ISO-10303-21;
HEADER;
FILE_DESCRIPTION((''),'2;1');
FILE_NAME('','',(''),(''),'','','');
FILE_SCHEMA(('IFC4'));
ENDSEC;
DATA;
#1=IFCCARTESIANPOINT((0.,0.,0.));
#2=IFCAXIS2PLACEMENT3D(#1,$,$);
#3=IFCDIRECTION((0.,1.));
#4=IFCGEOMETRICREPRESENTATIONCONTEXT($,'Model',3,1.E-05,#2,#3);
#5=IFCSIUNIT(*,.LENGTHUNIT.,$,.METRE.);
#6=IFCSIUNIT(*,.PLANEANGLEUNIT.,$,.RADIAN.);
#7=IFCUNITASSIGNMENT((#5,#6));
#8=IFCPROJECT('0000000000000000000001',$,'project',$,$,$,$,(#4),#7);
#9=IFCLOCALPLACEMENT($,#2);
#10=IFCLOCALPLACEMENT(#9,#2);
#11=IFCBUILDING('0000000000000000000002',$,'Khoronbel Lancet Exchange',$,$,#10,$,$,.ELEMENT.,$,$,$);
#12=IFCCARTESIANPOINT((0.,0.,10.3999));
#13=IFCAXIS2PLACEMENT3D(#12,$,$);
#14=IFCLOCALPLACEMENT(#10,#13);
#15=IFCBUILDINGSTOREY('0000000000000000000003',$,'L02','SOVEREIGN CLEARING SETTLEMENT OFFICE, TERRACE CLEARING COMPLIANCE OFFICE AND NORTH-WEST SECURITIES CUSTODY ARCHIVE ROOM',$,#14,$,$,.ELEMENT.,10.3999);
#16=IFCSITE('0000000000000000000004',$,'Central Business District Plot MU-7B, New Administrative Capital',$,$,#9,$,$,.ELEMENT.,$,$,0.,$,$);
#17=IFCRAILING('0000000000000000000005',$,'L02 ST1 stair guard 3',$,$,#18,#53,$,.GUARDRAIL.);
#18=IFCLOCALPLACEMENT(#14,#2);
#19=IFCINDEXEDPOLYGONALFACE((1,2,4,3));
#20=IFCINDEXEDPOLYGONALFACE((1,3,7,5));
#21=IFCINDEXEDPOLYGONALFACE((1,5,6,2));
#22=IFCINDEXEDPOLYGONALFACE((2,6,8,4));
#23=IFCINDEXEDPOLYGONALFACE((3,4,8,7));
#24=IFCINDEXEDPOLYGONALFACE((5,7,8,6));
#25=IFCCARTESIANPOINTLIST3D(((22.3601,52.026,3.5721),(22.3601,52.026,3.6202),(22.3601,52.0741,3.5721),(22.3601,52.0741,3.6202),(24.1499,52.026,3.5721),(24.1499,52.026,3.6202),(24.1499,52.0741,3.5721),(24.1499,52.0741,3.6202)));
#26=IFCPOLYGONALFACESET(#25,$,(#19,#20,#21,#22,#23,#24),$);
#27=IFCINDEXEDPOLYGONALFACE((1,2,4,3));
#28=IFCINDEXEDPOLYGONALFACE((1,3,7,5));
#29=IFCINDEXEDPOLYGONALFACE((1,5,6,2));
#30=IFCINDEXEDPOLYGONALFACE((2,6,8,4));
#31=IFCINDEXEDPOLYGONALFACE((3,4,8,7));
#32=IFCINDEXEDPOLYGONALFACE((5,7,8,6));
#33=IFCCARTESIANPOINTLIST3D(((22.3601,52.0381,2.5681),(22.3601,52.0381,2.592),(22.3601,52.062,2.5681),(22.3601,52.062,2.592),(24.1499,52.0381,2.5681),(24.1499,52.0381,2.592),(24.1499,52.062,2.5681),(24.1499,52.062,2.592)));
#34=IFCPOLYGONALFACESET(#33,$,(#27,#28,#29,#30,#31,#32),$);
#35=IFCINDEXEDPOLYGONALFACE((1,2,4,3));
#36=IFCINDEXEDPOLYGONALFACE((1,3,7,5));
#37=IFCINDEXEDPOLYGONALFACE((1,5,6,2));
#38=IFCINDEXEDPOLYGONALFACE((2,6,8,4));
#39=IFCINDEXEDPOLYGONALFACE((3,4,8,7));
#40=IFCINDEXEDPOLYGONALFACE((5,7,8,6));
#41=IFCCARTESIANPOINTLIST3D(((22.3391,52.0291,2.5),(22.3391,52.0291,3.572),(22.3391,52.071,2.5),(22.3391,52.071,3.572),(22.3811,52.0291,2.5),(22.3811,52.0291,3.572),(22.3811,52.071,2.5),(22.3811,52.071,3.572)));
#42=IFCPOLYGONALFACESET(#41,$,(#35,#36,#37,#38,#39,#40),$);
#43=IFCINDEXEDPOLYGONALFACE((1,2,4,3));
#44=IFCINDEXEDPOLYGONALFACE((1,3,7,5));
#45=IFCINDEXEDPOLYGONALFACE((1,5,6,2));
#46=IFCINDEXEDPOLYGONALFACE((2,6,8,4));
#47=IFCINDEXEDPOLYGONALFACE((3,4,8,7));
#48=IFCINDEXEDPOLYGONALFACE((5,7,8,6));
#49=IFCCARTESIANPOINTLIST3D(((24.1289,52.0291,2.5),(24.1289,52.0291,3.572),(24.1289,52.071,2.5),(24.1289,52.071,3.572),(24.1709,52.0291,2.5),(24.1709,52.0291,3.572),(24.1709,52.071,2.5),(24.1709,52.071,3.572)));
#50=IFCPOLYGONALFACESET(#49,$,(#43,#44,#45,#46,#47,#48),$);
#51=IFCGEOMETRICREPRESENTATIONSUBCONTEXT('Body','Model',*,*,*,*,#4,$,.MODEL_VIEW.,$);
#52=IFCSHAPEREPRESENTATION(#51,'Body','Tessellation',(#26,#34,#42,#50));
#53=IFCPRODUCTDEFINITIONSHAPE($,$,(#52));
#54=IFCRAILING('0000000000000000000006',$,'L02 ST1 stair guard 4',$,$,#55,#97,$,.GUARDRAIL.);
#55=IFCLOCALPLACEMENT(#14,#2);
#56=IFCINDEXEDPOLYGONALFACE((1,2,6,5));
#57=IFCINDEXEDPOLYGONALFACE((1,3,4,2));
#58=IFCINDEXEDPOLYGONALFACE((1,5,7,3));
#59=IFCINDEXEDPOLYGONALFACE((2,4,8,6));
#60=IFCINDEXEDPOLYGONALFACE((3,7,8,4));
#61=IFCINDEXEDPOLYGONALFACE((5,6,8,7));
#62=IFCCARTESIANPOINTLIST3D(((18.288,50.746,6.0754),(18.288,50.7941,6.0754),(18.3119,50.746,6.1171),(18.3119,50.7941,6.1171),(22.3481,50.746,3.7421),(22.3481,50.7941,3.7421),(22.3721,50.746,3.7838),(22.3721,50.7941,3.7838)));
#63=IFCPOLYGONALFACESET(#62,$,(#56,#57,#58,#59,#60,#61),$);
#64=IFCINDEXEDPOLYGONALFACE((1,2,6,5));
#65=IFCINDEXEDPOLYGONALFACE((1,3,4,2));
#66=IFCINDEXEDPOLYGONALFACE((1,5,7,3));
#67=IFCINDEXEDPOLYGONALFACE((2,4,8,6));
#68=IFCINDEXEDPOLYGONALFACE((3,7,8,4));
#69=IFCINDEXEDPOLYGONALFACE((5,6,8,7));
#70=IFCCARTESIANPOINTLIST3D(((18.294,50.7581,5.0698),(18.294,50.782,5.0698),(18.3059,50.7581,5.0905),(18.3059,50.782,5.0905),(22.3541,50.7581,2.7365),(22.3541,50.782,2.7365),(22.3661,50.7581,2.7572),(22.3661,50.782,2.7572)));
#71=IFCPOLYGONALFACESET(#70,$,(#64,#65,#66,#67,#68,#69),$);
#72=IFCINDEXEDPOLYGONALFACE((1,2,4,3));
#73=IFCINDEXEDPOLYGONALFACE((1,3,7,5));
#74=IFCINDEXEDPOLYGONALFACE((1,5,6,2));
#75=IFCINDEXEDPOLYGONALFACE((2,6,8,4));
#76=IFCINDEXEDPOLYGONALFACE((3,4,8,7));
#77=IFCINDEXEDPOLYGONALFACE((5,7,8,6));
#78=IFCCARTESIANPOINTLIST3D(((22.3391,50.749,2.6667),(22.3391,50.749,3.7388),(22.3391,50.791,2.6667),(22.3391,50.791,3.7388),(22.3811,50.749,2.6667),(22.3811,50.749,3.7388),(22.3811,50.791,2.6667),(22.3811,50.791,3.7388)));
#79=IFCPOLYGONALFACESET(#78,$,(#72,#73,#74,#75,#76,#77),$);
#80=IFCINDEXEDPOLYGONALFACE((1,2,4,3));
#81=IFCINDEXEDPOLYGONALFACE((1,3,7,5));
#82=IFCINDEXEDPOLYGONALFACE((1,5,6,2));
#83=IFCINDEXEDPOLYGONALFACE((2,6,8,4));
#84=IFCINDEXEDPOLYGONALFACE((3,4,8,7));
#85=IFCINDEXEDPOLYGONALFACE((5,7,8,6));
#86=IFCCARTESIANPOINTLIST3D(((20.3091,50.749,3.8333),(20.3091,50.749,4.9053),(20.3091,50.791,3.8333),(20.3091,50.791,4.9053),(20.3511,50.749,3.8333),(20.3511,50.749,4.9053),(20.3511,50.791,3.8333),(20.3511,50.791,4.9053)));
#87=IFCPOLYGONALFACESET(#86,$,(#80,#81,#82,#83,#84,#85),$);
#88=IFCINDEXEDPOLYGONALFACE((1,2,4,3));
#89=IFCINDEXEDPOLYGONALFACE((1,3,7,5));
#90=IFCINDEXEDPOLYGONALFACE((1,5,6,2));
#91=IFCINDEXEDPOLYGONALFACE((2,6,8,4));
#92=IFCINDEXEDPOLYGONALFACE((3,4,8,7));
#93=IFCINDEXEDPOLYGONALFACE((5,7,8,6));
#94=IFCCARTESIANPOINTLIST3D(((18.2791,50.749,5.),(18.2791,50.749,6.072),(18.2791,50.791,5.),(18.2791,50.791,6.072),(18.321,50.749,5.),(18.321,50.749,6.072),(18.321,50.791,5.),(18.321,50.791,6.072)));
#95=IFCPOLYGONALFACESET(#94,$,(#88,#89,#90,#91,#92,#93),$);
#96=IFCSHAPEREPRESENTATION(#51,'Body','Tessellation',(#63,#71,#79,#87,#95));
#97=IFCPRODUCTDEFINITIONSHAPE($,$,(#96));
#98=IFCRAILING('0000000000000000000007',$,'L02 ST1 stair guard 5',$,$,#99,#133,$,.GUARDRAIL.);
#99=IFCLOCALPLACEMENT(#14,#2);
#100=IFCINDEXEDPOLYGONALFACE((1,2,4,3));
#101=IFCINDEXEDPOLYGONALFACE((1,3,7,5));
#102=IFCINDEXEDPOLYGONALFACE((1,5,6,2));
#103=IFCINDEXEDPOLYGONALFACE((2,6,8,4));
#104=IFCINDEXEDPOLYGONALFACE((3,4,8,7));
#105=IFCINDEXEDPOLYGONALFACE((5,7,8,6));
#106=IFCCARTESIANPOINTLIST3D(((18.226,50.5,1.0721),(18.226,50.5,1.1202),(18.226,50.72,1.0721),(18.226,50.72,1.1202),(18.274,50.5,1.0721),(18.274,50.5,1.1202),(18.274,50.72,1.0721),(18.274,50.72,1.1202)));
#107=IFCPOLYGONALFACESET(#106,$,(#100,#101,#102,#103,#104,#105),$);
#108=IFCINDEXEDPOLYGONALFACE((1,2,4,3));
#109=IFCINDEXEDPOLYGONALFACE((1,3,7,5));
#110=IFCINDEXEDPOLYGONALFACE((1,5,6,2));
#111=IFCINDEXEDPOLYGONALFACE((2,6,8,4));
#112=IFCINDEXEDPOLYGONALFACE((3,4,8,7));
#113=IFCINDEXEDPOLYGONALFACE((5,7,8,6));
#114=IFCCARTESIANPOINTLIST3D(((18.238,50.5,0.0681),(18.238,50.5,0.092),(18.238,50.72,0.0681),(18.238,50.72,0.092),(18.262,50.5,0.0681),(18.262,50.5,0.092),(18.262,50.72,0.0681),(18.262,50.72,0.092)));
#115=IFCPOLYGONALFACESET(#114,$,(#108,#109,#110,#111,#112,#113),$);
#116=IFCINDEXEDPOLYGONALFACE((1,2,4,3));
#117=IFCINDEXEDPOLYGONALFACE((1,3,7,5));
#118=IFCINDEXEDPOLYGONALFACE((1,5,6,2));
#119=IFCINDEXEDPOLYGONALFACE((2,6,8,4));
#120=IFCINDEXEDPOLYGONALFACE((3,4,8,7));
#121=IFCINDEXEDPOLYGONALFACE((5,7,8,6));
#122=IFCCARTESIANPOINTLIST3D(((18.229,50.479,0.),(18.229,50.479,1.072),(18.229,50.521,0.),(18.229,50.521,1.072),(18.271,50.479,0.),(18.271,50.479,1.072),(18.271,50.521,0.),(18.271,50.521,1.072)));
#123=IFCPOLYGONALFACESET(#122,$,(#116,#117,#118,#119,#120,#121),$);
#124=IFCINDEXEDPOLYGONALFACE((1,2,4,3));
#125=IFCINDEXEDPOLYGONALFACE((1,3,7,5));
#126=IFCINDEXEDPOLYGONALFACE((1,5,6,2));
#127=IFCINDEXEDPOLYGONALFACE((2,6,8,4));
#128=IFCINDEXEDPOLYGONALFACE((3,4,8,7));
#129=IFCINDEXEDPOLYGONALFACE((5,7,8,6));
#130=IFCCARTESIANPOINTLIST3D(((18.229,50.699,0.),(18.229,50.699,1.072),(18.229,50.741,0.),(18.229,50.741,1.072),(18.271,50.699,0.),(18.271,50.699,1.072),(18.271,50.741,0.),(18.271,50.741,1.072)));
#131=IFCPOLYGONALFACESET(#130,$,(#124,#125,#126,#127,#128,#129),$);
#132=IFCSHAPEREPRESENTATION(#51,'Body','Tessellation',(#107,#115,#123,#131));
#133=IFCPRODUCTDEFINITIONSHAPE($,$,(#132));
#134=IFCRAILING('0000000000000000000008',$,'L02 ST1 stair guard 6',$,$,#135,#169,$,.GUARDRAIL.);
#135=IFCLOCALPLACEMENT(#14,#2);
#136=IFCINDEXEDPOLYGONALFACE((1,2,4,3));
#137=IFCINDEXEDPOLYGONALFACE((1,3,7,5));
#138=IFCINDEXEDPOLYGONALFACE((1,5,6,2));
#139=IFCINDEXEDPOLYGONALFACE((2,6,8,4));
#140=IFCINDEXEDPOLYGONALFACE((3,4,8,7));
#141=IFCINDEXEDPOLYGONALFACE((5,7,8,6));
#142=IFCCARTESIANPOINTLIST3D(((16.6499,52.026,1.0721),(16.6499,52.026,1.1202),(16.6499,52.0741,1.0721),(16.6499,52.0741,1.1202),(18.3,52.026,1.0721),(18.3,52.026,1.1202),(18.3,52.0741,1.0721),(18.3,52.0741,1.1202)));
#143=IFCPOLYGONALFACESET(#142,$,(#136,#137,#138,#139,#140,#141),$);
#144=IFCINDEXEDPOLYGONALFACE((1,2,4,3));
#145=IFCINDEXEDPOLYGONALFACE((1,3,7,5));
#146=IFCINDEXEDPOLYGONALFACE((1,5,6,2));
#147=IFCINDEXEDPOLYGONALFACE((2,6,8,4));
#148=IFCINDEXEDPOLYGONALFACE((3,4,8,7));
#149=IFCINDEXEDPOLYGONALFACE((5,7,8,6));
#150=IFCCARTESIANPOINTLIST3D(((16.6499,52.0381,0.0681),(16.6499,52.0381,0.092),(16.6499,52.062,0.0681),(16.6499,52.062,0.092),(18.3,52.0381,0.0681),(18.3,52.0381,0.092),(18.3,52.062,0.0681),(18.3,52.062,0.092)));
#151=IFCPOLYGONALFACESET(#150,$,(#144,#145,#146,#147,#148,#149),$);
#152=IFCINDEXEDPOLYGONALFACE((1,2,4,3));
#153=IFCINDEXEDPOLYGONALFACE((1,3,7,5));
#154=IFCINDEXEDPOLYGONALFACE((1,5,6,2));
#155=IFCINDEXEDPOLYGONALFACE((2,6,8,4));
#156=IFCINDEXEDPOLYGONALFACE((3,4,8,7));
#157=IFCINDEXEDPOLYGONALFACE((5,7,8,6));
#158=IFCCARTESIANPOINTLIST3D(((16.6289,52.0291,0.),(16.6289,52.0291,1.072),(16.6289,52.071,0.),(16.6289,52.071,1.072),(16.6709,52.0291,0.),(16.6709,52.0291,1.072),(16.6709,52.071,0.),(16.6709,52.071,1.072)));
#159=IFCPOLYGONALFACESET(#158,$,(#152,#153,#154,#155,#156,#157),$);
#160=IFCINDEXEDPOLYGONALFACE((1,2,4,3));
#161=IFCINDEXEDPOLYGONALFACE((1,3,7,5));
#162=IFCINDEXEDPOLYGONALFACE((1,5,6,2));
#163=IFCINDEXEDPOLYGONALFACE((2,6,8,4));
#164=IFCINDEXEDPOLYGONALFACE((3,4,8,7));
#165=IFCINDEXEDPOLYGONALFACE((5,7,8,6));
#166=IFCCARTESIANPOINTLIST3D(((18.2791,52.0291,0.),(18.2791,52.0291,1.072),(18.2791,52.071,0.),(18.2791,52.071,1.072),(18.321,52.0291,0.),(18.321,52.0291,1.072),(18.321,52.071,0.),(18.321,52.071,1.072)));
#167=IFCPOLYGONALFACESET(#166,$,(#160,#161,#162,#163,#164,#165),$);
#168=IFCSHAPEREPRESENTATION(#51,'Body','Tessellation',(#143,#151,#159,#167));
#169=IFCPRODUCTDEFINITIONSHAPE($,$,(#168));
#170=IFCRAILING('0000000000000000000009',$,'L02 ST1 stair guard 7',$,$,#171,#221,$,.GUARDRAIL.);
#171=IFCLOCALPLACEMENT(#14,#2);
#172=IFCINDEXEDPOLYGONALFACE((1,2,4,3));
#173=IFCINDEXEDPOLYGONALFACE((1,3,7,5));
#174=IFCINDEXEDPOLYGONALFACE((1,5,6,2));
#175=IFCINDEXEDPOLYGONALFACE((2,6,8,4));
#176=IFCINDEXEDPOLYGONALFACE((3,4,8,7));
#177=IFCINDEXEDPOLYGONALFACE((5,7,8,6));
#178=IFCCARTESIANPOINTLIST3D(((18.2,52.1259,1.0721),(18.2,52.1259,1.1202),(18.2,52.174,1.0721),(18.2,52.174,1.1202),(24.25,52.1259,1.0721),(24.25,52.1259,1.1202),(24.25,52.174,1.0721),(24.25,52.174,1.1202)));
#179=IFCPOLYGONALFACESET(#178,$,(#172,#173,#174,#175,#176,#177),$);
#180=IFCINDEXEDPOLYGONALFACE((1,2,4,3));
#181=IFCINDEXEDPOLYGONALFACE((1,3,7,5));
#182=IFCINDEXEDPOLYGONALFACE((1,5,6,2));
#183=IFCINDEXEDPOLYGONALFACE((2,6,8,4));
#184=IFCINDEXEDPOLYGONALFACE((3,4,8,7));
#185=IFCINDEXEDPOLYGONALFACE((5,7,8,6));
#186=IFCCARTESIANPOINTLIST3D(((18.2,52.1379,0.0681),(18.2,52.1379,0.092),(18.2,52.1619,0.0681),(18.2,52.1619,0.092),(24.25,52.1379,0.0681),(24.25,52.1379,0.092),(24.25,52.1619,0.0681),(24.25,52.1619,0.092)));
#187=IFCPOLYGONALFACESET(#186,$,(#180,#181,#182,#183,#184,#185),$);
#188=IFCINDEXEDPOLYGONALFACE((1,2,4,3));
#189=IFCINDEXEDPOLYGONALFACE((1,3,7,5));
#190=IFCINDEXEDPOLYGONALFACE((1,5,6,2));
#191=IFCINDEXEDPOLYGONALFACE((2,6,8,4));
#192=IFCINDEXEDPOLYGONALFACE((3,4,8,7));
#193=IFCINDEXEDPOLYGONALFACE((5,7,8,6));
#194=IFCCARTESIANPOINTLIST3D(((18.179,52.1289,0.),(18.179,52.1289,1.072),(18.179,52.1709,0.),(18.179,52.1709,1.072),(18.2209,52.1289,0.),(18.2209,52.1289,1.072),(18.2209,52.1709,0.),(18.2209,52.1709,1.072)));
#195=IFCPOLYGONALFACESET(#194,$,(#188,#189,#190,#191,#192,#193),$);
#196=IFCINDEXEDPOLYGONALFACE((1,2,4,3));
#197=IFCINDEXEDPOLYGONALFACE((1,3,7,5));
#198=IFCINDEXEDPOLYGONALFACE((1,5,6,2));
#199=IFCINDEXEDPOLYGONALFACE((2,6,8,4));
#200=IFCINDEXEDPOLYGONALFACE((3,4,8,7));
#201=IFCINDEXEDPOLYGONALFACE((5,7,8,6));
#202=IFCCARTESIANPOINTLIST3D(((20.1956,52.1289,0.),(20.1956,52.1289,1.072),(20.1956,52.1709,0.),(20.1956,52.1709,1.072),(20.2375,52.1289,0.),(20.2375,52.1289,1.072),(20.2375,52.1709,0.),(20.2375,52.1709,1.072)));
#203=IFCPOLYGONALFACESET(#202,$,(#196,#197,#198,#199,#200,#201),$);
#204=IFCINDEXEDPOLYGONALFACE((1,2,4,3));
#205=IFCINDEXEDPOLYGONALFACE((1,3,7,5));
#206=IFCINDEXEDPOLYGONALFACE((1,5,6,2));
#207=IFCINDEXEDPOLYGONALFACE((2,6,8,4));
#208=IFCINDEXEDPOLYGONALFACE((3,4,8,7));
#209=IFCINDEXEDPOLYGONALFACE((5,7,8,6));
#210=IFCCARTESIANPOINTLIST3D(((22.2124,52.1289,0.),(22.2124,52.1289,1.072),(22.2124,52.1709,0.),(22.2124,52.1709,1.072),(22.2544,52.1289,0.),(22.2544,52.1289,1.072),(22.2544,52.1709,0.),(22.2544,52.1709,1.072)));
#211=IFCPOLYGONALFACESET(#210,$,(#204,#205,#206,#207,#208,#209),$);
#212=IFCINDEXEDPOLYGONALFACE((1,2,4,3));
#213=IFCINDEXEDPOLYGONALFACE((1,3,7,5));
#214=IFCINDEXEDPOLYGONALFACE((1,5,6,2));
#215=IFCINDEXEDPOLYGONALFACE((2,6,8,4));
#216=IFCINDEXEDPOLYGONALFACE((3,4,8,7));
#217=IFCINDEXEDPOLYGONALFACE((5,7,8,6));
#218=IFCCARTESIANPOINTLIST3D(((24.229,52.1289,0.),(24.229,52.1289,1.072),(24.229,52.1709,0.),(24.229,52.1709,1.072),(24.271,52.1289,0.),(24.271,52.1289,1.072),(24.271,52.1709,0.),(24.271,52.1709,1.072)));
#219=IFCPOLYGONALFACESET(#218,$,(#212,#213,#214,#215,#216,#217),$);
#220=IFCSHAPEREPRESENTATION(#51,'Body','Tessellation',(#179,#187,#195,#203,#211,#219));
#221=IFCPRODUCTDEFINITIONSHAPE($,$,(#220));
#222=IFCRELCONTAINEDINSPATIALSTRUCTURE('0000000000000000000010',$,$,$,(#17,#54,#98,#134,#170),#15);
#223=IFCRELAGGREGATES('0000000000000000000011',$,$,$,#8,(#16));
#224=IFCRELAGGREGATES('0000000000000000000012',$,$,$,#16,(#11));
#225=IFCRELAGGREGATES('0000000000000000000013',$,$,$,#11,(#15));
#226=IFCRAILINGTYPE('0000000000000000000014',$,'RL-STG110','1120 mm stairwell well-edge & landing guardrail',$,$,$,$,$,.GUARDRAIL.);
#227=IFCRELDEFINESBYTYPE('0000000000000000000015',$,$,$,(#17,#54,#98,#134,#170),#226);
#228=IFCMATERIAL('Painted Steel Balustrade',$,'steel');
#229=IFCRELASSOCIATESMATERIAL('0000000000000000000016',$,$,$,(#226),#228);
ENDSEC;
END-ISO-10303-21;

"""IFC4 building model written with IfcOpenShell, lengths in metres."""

from ifc_helpers import new_model, si_unit, direction, frame, origin, origin_2d, place, context, subcontext, project, spatial, rectangle, extrude, material, type_object, element, save


model = new_model("IFC4")

# Units and contexts
model_context = context("Model", 3, precision=1e-05, world=origin(), true_north=direction((0.0, 1.0)))
body_context = subcontext(model_context, "Body", "Model", "MODEL_VIEW")
ifc_project = project(units=[si_unit("LENGTHUNIT", "METRE"), si_unit("PLANEANGLEUNIT", "RADIAN")], contexts=[model_context])

# Site, building, storey
site_placement = place(None, origin())
site = spatial("IfcSite", under=ifc_project, at=site_placement, Name="Central Business District Plot MU-7B, New Administrative Capital", CompositionType="ELEMENT", RefElevation=0.0)
building_placement = place(site_placement, origin())
building = spatial("IfcBuilding", under=site, at=building_placement, Name="Khoronbel Lancet Exchange", CompositionType="ELEMENT")
storey_placement = place(building_placement, frame((0.0, 0.0, 10.3999)))
storey = spatial("IfcBuildingStorey", under=building, at=storey_placement, Name="L02", Description="SOVEREIGN CLEARING SETTLEMENT OFFICE, TERRACE CLEARING COMPLIANCE OFFICE AND NORTH-WEST SECURITIES CUSTODY ARCHIVE ROOM", CompositionType="ELEMENT", Elevation=10.3999)

# Railings
ifc_material_1 = material(Name="Painted Steel Balustrade", Category="steel")
railing_type_1 = type_object("IfcRailingType", Name="RL-STG110", Description="1120 mm stairwell well-edge & landing guardrail", PredefinedType="GUARDRAIL", material=ifc_material_1)
railing_1_placement = place(storey_placement, frame((22.3601, 52.05, 2.5)))
element("IfcRailing", 1, at=railing_1_placement, inside=storey, type_object=railing_type_1, Name="L02 ST1 stair guard 3", PredefinedType="GUARDRAIL", context=body_context, shape_type="SweptSolid", body=[
    extrude(rectangle(XDim=0.0481, YDim=0.0481, at=origin_2d()), frame((0.0, 0.0, 1.0962), z_axis=(1.0, 0.0, 0.0), x_axis=(0.0, 1.0, 0.0)), (0.0, 0.0, 1.0), 1.7898),
    extrude(rectangle(XDim=0.0239, YDim=0.0239, at=origin_2d()), frame((0.0, 0.0, 0.0801), z_axis=(1.0, 0.0, 0.0), x_axis=(0.0, 1.0, 0.0)), (0.0, 0.0, 1.0), 1.7898),
    extrude(rectangle(XDim=0.042, YDim=0.042, at=origin_2d()), origin(), (0.0, 0.0, 1.0), 1.072),
    extrude(rectangle(XDim=0.042, YDim=0.042, at=origin_2d()), frame((1.7898, 0.0, 0.0)), (0.0, 0.0, 1.0), 1.072),
])
railing_2_placement = place(storey_placement, frame((22.3601, 50.77, 2.6667)))
element("IfcRailing", 2, at=railing_2_placement, inside=storey, type_object=railing_type_1, Name="L02 ST1 stair guard 4", PredefinedType="GUARDRAIL", context=body_context, shape_type="SweptSolid", body=[
    extrude(rectangle(XDim=0.0481, YDim=0.0481, at=origin_2d()), frame((0.0, 0.0, 1.0962), z_axis=(-0.867025, 0.0, 0.498265), x_axis=(0.0, -1.0, 0.0)), (0.0, 0.0, 1.0), 4.6829),
    extrude(rectangle(XDim=0.0239, YDim=0.0239, at=origin_2d()), frame((0.0, 0.0, 0.0801), z_axis=(-0.867025, 0.0, 0.498265), x_axis=(0.0, -1.0, 0.0)), (0.0, 0.0, 1.0), 4.6829),
    extrude(rectangle(XDim=0.042, YDim=0.042, at=origin_2d()), origin(), (0.0, 0.0, 1.0), 1.072),
    extrude(rectangle(XDim=0.042, YDim=0.042, at=origin_2d()), frame((-2.03, 0.0, 1.1665)), (0.0, 0.0, 1.0), 1.072),
    extrude(rectangle(XDim=0.042, YDim=0.042, at=origin_2d()), frame((-4.0601, 0.0, 2.3333)), (0.0, 0.0, 1.0), 1.072),
])
railing_3_placement = place(storey_placement, frame((18.25, 50.5, 0.0)))
element("IfcRailing", 3, at=railing_3_placement, inside=storey, type_object=railing_type_1, Name="L02 ST1 stair guard 5", PredefinedType="GUARDRAIL", context=body_context, shape_type="SweptSolid", body=[
    extrude(rectangle(XDim=0.0481, YDim=0.0481, at=origin_2d()), frame((0.0, 0.0, 1.0962), z_axis=(0.0, 1.0, 0.0), x_axis=(-1.0, 0.0, 0.0)), (0.0, 0.0, 1.0), 0.22),
    extrude(rectangle(XDim=0.0239, YDim=0.0239, at=origin_2d()), frame((0.0, 0.0, 0.0801), z_axis=(0.0, 1.0, 0.0), x_axis=(-1.0, 0.0, 0.0)), (0.0, 0.0, 1.0), 0.22),
    extrude(rectangle(XDim=0.042, YDim=0.042, at=origin_2d()), origin(), (0.0, 0.0, 1.0), 1.072),
    extrude(rectangle(XDim=0.042, YDim=0.042, at=origin_2d()), frame((0.0, 0.22, 0.0)), (0.0, 0.0, 1.0), 1.072),
])
railing_4_placement = place(storey_placement, frame((16.6499, 52.05, 0.0)))
element("IfcRailing", 4, at=railing_4_placement, inside=storey, type_object=railing_type_1, Name="L02 ST1 stair guard 6", PredefinedType="GUARDRAIL", context=body_context, shape_type="SweptSolid", body=[
    extrude(rectangle(XDim=0.0481, YDim=0.0481, at=origin_2d()), frame((0.0, 0.0, 1.0962), z_axis=(1.0, 0.0, 0.0), x_axis=(0.0, 1.0, 0.0)), (0.0, 0.0, 1.0), 1.6501),
    extrude(rectangle(XDim=0.0239, YDim=0.0239, at=origin_2d()), frame((0.0, 0.0, 0.0801), z_axis=(1.0, 0.0, 0.0), x_axis=(0.0, 1.0, 0.0)), (0.0, 0.0, 1.0), 1.6501),
    extrude(rectangle(XDim=0.042, YDim=0.042, at=origin_2d()), origin(), (0.0, 0.0, 1.0), 1.072),
    extrude(rectangle(XDim=0.042, YDim=0.042, at=origin_2d()), frame((1.6501, 0.0, 0.0)), (0.0, 0.0, 1.0), 1.072),
])
railing_5_placement = place(storey_placement, frame((18.2, 52.1499, 0.0)))
element("IfcRailing", 5, at=railing_5_placement, inside=storey, type_object=railing_type_1, Name="L02 ST1 stair guard 7", PredefinedType="GUARDRAIL", context=body_context, shape_type="SweptSolid", body=[
    extrude(rectangle(XDim=0.0481, YDim=0.0481, at=origin_2d()), frame((0.0, 0.0, 1.0962), z_axis=(1.0, 0.0, 0.0), x_axis=(0.0, 1.0, 0.0)), (0.0, 0.0, 1.0), 6.05),
    extrude(rectangle(XDim=0.0239, YDim=0.0239, at=origin_2d()), frame((0.0, 0.0, 0.0801), z_axis=(1.0, 0.0, 0.0), x_axis=(0.0, 1.0, 0.0)), (0.0, 0.0, 1.0), 6.05),
    extrude(rectangle(XDim=0.042, YDim=0.042, at=origin_2d()), origin(), (0.0, 0.0, 1.0), 1.072),
    extrude(rectangle(XDim=0.042, YDim=0.042, at=origin_2d()), frame((2.0166, 0.0, 0.0)), (0.0, 0.0, 1.0), 1.072),
    extrude(rectangle(XDim=0.042, YDim=0.042, at=origin_2d()), frame((4.0334, 0.0, 0.0)), (0.0, 0.0, 1.0), 1.072),
    extrude(rectangle(XDim=0.042, YDim=0.042, at=origin_2d()), frame((6.05, 0.0, 0.0)), (0.0, 0.0, 1.0), 1.072),
])

save(model, "model.ifc")
